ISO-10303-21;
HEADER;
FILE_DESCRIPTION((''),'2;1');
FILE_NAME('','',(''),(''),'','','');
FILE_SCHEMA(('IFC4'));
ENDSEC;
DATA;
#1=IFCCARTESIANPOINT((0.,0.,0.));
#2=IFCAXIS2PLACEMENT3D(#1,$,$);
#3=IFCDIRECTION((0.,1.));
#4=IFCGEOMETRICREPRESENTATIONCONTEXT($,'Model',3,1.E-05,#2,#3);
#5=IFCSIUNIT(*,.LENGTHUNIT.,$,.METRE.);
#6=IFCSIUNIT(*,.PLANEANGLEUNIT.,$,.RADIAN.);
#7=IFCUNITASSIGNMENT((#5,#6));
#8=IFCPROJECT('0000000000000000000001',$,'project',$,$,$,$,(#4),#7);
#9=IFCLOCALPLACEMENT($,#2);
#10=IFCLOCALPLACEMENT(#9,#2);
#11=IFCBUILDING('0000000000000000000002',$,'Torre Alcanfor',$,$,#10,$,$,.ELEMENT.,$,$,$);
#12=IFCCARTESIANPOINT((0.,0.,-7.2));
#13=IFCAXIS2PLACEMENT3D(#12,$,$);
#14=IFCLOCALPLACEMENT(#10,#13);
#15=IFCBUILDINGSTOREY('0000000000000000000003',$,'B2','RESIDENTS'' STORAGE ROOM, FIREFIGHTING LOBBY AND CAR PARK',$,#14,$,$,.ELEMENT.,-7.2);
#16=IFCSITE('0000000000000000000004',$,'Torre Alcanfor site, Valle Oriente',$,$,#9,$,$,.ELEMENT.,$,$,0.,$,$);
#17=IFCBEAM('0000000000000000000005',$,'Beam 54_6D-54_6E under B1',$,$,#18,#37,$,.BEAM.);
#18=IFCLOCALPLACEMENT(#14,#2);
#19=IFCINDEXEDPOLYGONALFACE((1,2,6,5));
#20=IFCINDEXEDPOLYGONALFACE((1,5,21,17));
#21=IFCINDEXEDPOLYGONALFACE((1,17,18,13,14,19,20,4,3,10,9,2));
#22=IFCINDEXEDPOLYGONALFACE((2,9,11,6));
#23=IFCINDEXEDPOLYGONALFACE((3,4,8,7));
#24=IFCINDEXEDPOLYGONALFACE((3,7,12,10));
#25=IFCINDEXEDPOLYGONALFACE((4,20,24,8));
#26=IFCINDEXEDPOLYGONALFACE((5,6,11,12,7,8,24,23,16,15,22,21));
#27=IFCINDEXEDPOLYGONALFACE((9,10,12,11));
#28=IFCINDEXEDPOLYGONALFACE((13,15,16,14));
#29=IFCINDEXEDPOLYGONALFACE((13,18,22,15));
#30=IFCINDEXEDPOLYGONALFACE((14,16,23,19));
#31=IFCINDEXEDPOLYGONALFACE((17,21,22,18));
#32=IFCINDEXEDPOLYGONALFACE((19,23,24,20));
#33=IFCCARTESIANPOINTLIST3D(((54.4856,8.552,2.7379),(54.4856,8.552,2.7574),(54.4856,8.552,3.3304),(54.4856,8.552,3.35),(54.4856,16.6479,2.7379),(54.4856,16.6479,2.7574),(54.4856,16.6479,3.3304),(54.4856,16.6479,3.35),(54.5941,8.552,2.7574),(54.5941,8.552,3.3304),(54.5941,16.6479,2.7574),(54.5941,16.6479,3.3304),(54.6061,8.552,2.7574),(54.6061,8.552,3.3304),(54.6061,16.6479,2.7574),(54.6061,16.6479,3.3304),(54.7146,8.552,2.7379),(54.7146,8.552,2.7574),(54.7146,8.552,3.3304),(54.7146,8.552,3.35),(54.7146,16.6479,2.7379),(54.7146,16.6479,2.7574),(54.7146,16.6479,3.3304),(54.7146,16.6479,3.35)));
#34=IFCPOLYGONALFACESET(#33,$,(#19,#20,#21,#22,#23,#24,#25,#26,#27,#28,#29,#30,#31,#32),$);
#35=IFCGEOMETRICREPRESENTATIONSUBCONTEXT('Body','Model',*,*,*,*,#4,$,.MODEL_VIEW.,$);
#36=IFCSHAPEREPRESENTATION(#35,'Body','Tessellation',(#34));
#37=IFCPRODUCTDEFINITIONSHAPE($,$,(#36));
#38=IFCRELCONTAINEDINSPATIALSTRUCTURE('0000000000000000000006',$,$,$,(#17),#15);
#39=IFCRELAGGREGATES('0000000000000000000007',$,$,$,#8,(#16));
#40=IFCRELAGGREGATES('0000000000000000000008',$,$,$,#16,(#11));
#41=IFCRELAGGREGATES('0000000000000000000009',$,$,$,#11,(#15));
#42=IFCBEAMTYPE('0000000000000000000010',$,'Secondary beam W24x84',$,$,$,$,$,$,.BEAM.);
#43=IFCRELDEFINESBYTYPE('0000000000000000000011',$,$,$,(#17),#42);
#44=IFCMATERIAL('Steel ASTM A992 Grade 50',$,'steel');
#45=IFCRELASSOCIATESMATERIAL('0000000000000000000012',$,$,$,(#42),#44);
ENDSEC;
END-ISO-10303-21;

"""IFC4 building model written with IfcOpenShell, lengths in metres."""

from ifc_helpers import new_model, si_unit, direction, frame, origin, origin_2d, place, context, subcontext, project, spatial, i_section, extrude, material, material_profile, profile_set, type_object, element, save


model = new_model("IFC4")

# Units and contexts
model_context = context("Model", 3, precision=1e-05, world=origin(), true_north=direction((0.0, 1.0)))
body_context = subcontext(model_context, "Body", "Model", "MODEL_VIEW")
ifc_project = project(units=[si_unit("LENGTHUNIT", "METRE"), si_unit("PLANEANGLEUNIT", "RADIAN")], contexts=[model_context])

# Site, building, storey
site_placement = place(None, origin())
site = spatial("IfcSite", under=ifc_project, at=site_placement, Name="Torre Alcanfor site, Valle Oriente", CompositionType="ELEMENT", RefElevation=0.0)
building_placement = place(site_placement, origin())
building = spatial("IfcBuilding", under=site, at=building_placement, Name="Torre Alcanfor", CompositionType="ELEMENT")
storey_placement = place(building_placement, frame((0.0, 0.0, -7.2)))
storey = spatial("IfcBuildingStorey", under=building, at=storey_placement, Name="B2", Description="RESIDENTS' STORAGE ROOM, FIREFIGHTING LOBBY AND CAR PARK", CompositionType="ELEMENT", Elevation=-7.2)

# Beam
ifc_material_1 = material(Name="Steel ASTM A992 Grade 50", Category="steel")
ifc_material_profile_1 = material_profile(ifc_material_1, i_section(OverallWidth=0.229, OverallDepth=0.6121, WebThickness=0.012, FlangeThickness=0.0195, at=origin_2d()), Name="W24x84")
ifc_profile_set_1 = profile_set([ifc_material_profile_1], Name="Steel ASTM A992 Grade 50")
beam_type_1 = type_object("IfcBeamType", Name="Secondary beam W24x84", PredefinedType="BEAM", material=ifc_profile_set_1)
for number, where, z_axis, x_axis, name in (
    (1, (54.6001, 8.552, 3.0439), (0.0, 1.0, 0.0), (-1.0, 0.0, 0.0), "Beam 54_6D-54_6E under B1"),
):
    element("IfcBeam", number, at=place(storey_placement, frame(where, z_axis=z_axis, x_axis=x_axis)), inside=storey, type_object=beam_type_1, Name=name, PredefinedType="BEAM", context=body_context, shape_type="SweptSolid", body=[
        extrude(i_section(OverallWidth=0.229, OverallDepth=0.6121, WebThickness=0.012, FlangeThickness=0.0195, at=origin_2d()), origin(), (0.0, 0.0, 1.0), 8.0959),
    ])

save(model, "model.ifc")
